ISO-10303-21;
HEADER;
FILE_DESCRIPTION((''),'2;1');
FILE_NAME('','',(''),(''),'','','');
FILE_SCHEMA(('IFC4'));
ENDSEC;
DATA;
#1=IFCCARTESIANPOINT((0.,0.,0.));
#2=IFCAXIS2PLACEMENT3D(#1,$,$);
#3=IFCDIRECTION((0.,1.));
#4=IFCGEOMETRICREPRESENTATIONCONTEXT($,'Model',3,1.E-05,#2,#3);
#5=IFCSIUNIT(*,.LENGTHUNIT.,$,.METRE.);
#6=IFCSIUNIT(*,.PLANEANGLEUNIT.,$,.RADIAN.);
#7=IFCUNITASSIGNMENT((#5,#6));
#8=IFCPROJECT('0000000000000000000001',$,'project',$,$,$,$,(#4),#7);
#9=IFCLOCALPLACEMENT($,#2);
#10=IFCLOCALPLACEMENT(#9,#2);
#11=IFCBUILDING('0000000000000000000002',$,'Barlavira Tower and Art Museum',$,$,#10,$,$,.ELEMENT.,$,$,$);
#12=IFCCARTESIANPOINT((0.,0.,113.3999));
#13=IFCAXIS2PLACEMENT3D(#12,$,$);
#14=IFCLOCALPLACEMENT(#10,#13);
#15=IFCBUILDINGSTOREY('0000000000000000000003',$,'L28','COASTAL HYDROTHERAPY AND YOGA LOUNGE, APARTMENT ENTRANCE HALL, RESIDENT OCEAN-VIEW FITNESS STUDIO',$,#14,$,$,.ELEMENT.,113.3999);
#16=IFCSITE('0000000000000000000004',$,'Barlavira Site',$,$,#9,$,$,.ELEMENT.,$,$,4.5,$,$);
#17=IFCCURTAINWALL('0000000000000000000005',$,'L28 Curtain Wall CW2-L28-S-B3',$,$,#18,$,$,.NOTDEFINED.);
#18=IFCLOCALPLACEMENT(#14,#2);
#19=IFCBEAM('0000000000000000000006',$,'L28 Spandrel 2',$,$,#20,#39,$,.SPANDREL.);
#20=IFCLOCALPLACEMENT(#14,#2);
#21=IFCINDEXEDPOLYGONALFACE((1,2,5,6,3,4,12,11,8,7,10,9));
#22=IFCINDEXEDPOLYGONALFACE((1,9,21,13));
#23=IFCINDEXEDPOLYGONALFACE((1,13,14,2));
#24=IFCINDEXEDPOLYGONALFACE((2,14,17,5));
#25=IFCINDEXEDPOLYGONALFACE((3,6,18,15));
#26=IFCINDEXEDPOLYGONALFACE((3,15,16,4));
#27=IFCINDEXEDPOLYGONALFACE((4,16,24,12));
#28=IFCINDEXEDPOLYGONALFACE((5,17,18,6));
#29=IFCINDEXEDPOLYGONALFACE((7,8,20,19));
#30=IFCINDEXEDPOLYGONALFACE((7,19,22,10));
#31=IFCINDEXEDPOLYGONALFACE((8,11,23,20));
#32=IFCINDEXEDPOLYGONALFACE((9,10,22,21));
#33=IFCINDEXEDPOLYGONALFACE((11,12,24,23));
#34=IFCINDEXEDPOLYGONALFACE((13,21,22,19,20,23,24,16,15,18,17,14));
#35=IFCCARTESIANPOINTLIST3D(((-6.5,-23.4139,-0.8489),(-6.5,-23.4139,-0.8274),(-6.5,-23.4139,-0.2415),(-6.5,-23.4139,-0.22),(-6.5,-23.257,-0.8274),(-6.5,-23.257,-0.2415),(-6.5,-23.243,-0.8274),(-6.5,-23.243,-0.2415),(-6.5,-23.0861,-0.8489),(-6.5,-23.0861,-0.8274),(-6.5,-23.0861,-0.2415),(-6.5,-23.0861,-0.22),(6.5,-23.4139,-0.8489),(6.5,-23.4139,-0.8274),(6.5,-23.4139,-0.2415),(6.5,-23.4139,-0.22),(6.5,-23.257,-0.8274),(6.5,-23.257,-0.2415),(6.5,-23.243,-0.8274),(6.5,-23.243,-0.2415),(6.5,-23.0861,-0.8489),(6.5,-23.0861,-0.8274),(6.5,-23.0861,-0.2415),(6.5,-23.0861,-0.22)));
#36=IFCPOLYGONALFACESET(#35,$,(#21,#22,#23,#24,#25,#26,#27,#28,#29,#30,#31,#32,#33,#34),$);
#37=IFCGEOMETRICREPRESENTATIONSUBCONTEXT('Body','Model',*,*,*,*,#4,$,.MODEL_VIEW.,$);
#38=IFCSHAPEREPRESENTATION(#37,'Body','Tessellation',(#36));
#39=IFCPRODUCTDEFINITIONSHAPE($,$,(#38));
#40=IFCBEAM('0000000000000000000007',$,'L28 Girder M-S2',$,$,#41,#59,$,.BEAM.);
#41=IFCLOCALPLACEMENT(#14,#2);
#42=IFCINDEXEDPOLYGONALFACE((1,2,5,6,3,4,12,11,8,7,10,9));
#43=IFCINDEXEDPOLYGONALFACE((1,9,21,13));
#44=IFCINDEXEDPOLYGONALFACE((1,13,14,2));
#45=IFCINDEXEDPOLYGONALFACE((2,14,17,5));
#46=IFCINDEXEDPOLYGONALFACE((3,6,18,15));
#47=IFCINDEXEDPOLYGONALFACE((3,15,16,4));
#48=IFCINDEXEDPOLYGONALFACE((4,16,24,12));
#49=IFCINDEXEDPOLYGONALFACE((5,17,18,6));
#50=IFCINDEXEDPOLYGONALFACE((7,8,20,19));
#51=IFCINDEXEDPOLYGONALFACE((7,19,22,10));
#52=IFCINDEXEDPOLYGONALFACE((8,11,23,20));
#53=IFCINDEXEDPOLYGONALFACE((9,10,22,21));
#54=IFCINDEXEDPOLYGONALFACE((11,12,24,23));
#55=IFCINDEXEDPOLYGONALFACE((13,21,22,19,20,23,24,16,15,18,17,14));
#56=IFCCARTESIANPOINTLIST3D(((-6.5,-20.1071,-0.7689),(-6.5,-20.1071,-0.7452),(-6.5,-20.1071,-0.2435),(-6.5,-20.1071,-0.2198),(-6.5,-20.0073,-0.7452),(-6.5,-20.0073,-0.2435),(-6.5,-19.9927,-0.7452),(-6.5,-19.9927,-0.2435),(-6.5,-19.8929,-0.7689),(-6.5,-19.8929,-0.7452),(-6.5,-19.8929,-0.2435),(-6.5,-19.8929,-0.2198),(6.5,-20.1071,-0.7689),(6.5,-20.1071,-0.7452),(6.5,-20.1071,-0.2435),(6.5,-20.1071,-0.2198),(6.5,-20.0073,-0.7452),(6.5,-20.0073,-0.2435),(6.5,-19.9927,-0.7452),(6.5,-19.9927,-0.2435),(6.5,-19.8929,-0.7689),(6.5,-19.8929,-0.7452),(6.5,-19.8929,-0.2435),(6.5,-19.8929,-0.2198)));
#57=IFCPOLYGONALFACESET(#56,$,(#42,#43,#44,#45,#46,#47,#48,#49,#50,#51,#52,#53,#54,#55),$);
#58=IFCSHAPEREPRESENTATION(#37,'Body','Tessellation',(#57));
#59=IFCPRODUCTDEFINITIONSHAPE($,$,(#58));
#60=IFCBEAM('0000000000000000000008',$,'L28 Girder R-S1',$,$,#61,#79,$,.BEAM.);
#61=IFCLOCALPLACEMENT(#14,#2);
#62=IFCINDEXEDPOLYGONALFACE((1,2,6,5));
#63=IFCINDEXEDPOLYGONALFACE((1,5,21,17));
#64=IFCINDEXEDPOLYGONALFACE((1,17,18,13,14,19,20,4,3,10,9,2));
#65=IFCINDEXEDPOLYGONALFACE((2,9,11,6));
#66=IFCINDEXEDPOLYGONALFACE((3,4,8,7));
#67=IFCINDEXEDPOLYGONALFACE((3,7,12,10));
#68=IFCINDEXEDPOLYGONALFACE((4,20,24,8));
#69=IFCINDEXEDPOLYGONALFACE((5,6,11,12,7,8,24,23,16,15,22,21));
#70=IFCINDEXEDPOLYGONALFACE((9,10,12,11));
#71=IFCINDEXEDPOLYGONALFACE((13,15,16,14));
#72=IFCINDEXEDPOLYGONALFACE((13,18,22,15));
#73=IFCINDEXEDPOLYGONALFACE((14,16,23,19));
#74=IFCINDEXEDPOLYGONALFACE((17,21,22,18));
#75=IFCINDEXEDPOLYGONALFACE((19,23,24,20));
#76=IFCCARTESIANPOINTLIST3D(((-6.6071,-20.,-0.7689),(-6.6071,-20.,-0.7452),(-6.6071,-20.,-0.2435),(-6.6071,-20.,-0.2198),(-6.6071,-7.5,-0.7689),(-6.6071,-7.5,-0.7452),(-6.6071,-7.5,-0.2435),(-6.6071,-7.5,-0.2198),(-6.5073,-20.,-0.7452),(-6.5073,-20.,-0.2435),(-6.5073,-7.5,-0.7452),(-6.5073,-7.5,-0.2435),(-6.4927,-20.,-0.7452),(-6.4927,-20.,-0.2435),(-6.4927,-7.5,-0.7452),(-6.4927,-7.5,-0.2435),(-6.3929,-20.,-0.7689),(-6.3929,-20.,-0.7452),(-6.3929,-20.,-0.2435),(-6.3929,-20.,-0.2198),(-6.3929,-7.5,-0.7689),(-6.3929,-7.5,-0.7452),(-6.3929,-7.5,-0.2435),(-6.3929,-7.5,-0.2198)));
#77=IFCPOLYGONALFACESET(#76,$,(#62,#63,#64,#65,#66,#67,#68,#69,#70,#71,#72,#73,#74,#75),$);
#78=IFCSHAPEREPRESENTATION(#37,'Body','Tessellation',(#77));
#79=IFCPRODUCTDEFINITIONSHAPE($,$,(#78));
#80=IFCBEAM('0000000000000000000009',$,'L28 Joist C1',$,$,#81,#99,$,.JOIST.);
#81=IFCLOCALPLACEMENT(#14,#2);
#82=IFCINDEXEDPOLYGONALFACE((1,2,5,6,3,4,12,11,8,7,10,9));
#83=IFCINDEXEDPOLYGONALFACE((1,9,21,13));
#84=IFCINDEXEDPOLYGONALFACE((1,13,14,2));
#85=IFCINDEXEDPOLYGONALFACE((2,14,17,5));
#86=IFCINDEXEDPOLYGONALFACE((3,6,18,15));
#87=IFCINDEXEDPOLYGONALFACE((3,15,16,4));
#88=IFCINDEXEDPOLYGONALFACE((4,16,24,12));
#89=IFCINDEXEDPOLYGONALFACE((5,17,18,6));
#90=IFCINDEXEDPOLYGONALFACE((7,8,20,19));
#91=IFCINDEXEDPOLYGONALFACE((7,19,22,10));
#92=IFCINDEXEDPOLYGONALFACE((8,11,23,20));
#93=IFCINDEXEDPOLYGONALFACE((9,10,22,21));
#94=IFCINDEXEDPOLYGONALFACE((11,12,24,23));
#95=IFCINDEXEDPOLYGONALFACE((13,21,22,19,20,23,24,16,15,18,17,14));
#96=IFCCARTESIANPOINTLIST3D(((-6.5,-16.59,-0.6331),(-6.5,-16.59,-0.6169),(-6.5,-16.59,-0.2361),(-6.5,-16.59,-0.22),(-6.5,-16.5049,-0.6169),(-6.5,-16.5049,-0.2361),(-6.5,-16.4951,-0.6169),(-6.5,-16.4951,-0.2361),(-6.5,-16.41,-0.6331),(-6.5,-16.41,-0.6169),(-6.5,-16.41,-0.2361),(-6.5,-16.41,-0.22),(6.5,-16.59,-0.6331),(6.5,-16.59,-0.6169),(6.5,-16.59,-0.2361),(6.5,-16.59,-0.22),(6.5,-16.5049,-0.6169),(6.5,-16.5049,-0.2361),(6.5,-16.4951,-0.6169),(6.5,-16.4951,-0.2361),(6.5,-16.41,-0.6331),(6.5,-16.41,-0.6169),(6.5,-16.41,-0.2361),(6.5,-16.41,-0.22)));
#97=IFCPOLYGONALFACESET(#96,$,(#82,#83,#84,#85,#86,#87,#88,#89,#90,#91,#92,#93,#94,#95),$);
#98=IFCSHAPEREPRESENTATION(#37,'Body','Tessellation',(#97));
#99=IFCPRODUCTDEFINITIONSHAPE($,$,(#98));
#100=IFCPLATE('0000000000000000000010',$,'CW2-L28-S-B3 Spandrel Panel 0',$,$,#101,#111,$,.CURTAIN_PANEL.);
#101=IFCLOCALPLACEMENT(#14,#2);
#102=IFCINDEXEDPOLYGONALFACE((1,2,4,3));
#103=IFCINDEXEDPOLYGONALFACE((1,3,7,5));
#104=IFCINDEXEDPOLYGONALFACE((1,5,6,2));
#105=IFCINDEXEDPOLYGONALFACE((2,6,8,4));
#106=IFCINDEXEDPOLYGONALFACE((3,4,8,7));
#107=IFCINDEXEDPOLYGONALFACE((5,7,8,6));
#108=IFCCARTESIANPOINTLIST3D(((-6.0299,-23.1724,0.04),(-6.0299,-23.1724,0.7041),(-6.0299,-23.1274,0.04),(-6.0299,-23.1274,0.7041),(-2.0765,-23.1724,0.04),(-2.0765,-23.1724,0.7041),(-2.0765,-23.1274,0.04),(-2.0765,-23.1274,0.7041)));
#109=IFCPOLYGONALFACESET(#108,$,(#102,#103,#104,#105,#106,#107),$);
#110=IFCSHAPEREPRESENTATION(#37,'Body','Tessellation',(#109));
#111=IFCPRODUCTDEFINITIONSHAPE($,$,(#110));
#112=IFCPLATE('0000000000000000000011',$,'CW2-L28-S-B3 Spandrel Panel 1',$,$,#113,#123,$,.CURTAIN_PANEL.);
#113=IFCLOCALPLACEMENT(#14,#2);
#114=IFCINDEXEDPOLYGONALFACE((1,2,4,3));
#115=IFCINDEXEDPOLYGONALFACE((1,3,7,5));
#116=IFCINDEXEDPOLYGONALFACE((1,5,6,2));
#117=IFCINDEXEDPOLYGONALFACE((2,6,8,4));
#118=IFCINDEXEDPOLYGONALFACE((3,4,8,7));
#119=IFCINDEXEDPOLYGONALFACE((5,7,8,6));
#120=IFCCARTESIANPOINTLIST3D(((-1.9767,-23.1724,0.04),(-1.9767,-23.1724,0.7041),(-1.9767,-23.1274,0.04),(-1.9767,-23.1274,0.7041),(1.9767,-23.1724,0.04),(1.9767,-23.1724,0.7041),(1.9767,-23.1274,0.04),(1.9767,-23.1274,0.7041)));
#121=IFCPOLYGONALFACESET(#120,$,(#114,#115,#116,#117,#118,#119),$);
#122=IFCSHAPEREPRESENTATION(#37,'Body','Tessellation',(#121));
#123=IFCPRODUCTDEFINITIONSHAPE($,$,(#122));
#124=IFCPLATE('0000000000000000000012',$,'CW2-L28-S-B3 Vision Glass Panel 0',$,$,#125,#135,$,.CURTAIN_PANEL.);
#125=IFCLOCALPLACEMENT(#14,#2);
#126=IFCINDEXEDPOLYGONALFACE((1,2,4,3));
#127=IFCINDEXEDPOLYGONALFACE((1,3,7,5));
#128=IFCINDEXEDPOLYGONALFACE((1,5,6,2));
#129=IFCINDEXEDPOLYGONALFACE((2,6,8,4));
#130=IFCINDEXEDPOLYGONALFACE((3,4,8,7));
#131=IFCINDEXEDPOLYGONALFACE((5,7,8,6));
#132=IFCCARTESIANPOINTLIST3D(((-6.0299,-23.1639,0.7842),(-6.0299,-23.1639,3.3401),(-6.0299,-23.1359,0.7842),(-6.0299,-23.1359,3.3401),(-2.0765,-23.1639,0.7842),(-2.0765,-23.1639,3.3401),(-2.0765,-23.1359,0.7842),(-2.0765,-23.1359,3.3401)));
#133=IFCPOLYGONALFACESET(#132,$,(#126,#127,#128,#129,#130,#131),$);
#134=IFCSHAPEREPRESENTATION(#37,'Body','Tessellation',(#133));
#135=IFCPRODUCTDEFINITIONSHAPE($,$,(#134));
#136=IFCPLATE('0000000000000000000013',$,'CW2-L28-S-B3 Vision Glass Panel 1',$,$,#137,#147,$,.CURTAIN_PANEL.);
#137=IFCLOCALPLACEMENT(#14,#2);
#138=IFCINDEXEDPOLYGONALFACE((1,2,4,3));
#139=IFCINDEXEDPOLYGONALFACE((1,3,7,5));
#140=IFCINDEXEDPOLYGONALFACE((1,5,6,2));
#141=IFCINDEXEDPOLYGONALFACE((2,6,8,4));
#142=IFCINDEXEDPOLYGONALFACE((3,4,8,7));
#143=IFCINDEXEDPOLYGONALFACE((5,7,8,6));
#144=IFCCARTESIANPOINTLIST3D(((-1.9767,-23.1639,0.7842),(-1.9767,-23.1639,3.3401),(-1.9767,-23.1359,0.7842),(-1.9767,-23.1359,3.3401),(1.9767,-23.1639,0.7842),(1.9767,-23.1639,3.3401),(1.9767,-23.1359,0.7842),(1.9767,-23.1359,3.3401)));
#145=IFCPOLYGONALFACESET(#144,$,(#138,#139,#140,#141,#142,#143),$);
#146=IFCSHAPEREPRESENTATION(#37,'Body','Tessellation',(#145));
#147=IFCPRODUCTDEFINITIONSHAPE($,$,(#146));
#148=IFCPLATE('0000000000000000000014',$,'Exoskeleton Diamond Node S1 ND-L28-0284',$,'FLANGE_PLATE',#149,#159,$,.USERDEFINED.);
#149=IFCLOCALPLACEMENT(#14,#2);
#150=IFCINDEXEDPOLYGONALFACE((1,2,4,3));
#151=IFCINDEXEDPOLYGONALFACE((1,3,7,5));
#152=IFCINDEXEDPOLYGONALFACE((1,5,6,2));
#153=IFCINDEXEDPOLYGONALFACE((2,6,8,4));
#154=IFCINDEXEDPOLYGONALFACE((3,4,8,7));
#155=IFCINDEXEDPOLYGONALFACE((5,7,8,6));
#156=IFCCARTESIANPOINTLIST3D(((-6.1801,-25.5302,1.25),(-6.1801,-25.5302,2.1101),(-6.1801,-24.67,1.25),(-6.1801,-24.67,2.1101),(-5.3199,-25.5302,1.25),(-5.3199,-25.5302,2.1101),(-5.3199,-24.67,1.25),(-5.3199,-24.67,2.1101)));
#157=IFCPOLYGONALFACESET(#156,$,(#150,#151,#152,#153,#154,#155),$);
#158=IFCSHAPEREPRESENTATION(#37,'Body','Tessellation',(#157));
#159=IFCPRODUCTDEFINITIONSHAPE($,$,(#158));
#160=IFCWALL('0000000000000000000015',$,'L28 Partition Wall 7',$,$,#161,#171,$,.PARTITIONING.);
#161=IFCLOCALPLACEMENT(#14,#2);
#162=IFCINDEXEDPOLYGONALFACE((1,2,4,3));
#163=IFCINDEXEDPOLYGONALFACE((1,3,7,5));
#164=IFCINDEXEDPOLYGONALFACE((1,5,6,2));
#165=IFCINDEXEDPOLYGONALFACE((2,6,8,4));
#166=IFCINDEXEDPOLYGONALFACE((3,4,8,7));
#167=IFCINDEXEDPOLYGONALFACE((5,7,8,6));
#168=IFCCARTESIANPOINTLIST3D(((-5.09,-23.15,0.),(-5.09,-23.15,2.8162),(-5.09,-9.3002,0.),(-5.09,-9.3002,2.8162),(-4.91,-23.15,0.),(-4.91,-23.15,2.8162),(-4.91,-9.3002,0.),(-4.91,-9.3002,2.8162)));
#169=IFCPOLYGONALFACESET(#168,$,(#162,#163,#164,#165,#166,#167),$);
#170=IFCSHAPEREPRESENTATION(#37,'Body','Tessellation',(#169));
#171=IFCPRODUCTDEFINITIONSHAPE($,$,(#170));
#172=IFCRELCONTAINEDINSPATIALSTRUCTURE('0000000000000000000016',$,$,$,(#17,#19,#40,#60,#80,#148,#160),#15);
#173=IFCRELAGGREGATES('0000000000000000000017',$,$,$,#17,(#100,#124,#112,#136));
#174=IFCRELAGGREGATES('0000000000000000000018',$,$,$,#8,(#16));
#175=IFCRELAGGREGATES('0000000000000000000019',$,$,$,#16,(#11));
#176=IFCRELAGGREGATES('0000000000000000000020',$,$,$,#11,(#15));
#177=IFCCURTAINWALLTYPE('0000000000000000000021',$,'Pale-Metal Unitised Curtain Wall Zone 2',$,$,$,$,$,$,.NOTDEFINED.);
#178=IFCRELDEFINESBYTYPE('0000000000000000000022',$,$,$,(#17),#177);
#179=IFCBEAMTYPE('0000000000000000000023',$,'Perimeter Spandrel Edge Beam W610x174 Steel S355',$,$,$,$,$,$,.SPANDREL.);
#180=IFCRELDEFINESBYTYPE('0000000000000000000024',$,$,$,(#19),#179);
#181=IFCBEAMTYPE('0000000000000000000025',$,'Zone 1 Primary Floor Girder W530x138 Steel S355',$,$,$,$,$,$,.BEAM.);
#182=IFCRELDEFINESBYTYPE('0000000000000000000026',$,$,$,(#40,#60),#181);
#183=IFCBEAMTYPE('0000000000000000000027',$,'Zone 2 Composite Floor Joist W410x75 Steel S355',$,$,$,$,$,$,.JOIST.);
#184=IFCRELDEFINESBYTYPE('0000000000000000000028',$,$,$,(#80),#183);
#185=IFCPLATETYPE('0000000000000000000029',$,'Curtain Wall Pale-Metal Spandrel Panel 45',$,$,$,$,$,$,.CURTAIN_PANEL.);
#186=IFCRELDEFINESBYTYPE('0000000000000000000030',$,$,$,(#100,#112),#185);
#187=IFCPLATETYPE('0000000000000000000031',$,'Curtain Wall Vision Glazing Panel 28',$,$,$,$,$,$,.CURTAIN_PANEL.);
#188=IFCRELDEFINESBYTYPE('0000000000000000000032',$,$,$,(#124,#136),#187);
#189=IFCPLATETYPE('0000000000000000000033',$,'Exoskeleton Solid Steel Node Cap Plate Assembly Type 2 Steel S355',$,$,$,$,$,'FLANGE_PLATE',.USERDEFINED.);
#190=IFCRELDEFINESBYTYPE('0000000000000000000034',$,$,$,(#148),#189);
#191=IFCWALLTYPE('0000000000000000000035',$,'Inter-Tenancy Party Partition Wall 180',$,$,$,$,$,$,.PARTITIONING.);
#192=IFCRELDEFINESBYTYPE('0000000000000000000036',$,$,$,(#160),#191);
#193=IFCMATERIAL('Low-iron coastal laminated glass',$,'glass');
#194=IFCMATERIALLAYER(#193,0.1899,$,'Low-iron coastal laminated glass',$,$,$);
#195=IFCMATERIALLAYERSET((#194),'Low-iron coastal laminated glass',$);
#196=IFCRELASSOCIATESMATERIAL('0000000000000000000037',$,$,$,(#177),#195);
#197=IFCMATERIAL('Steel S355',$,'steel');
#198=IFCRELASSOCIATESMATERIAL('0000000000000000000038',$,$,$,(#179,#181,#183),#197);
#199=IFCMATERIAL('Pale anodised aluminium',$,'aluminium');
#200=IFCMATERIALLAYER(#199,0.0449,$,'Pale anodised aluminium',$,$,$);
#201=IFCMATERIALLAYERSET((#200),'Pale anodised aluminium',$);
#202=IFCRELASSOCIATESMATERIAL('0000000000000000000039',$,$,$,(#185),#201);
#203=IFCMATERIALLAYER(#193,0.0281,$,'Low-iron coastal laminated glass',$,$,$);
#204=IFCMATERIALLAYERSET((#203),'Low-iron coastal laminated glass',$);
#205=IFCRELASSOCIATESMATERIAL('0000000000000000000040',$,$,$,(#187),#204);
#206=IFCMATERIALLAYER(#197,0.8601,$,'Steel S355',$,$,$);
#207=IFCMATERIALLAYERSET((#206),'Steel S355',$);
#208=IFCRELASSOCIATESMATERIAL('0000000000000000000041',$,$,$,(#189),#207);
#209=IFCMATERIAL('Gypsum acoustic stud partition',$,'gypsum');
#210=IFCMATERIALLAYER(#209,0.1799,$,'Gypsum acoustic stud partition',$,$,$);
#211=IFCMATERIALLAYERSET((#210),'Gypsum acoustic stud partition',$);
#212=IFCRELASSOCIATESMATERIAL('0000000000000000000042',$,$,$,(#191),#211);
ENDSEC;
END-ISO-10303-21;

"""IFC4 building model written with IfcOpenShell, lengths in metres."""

from ifc_helpers import new_model, si_unit, direction, frame, frame_2d, origin, origin_2d, place, context, subcontext, project, spatial, rectangle, i_section, extrude, material, layer, layer_set, material_profile, profile_set, type_object, element, aggregate, save


model = new_model("IFC4")

# Units and contexts
model_context = context("Model", 3, precision=1e-05, world=origin(), true_north=direction((0.0, 1.0)))
body_context = subcontext(model_context, "Body", "Model", "MODEL_VIEW")
ifc_project = project(units=[si_unit("LENGTHUNIT", "METRE"), si_unit("PLANEANGLEUNIT", "RADIAN")], contexts=[model_context])

# Site, building, storey
site_placement = place(None, origin())
site = spatial("IfcSite", under=ifc_project, at=site_placement, Name="Barlavira Site", CompositionType="ELEMENT", RefElevation=4.5)
building_placement = place(site_placement, origin())
building = spatial("IfcBuilding", under=site, at=building_placement, Name="Barlavira Tower and Art Museum", CompositionType="ELEMENT")
storey_placement = place(building_placement, frame((0.0, 0.0, 113.3999)))
storey = spatial("IfcBuildingStorey", under=building, at=storey_placement, Name="L28", Description="COASTAL HYDROTHERAPY AND YOGA LOUNGE, APARTMENT ENTRANCE HALL, RESIDENT OCEAN-VIEW FITNESS STUDIO", CompositionType="ELEMENT", Elevation=113.3999)

# Curtain wall
ifc_material_1 = material(Name="Low-iron coastal laminated glass", Category="glass")
ifc_layer_1 = layer(ifc_material_1, 0.1899, Name="Low-iron coastal laminated glass")
ifc_layer_set_1 = layer_set([ifc_layer_1], Name="Low-iron coastal laminated glass")
curtain_wall_type = type_object("IfcCurtainWallType", Name="Pale-Metal Unitised Curtain Wall Zone 2", PredefinedType="NOTDEFINED", material=ifc_layer_set_1)
curtain_wall_placement = place(storey_placement, origin())
curtain_wall = element("IfcCurtainWall", 1, at=curtain_wall_placement, inside=storey, type_object=curtain_wall_type, Name="L28 Curtain Wall CW2-L28-S-B3", PredefinedType="NOTDEFINED")
ifc_material_2 = material(Name="Pale anodised aluminium", Category="aluminium")

# Beams
ifc_material_3 = material(Name="Steel S355", Category="steel")
ifc_material_profile_1 = material_profile(ifc_material_3, i_section(OverallWidth=0.3279, OverallDepth=0.6289, WebThickness=0.0139, FlangeThickness=0.0215, at=origin_2d()), Name="W610x174.0")
ifc_profile_set_1 = profile_set([ifc_material_profile_1], Name="Steel S355")
beam_type_1 = type_object("IfcBeamType", Name="Perimeter Spandrel Edge Beam W610x174 Steel S355", PredefinedType="SPANDREL", material=ifc_profile_set_1)
beam_1_placement = place(storey_placement, frame((-6.5, -23.25, -0.5344), z_axis=(1.0, 0.0, 0.0), x_axis=(0.0, 1.0, 0.0)))
element("IfcBeam", 2, at=beam_1_placement, inside=storey, type_object=beam_type_1, Name="L28 Spandrel 2", PredefinedType="SPANDREL", context=body_context, shape_type="SweptSolid", body=[
    extrude(i_section(OverallWidth=0.3279, OverallDepth=0.6289, WebThickness=0.0139, FlangeThickness=0.0215, at=origin_2d()), origin(), (0.0, 0.0, 1.0), 13.0),
])
ifc_material_profile_2 = material_profile(ifc_material_3, i_section(OverallWidth=0.2141, OverallDepth=0.5491, WebThickness=0.0146, FlangeThickness=0.0237, at=origin_2d()), Name="W530x138.0")
ifc_profile_set_2 = profile_set([ifc_material_profile_2], Name="Steel S355")
beam_type_2 = type_object("IfcBeamType", Name="Zone 1 Primary Floor Girder W530x138 Steel S355", PredefinedType="BEAM", material=ifc_profile_set_2)
beam_2_placement = place(storey_placement, frame((-6.5, -20.0, -0.4944), z_axis=(1.0, 0.0, 0.0), x_axis=(0.0, 1.0, 0.0)))
element("IfcBeam", 3, at=beam_2_placement, inside=storey, type_object=beam_type_2, Name="L28 Girder M-S2", PredefinedType="BEAM", context=body_context, shape_type="SweptSolid", body=[
    extrude(i_section(OverallWidth=0.2141, OverallDepth=0.5491, WebThickness=0.0146, FlangeThickness=0.0237, at=origin_2d()), origin(), (0.0, 0.0, 1.0), 13.0),
])
beam_3_placement = place(storey_placement, frame((-6.5, -20.0, -0.4944), z_axis=(0.0, 1.0, 0.0), x_axis=(-1.0, 0.0, 0.0)))
element("IfcBeam", 4, at=beam_3_placement, inside=storey, type_object=beam_type_2, Name="L28 Girder R-S1", PredefinedType="BEAM", context=body_context, shape_type="SweptSolid", body=[
    extrude(i_section(OverallWidth=0.2141, OverallDepth=0.5491, WebThickness=0.0146, FlangeThickness=0.0237, at=origin_2d()), origin(), (0.0, 0.0, 1.0), 12.5),
])
ifc_material_profile_3 = material_profile(ifc_material_3, i_section(OverallWidth=0.1799, OverallDepth=0.4131, WebThickness=0.0098, FlangeThickness=0.0161, at=origin_2d()), Name="W410x75.0")
ifc_profile_set_3 = profile_set([ifc_material_profile_3], Name="Steel S355")
beam_type_3 = type_object("IfcBeamType", Name="Zone 2 Composite Floor Joist W410x75 Steel S355", PredefinedType="JOIST", material=ifc_profile_set_3)
beam_4_placement = place(storey_placement, frame((-6.5, -16.5, -0.4265), z_axis=(1.0, 0.0, 0.0), x_axis=(0.0, 1.0, 0.0)))
element("IfcBeam", 5, at=beam_4_placement, inside=storey, type_object=beam_type_3, Name="L28 Joist C1", PredefinedType="JOIST", context=body_context, shape_type="SweptSolid", body=[
    extrude(i_section(OverallWidth=0.1799, OverallDepth=0.4131, WebThickness=0.0098, FlangeThickness=0.0161, at=origin_2d()), origin(), (0.0, 0.0, 1.0), 13.0),
])

# Plates
ifc_layer_2 = layer(ifc_material_2, 0.0449, Name="Pale anodised aluminium")
ifc_layer_set_2 = layer_set([ifc_layer_2], Name="Pale anodised aluminium")
plate_type_1 = type_object("IfcPlateType", Name="Curtain Wall Pale-Metal Spandrel Panel 45", PredefinedType="CURTAIN_PANEL", material=ifc_layer_set_2)
plate_1_placement = place(storey_placement, frame((-4.0532, -23.1499, 0.04), z_axis=(0.0, 0.0, 1.0), x_axis=(1.0, 0.0, 0.0)))
plate_1 = element("IfcPlate", 6, at=plate_1_placement, type_object=plate_type_1, Name="CW2-L28-S-B3 Spandrel Panel 0", PredefinedType="CURTAIN_PANEL", context=body_context, shape_type="SweptSolid", body=[
    extrude(rectangle(XDim=3.9534, YDim=0.0449, at=origin_2d()), origin(), (0.0, 0.0, 1.0), 0.6641),
])
plate_2_placement = place(storey_placement, frame((0.0, -23.1499, 0.04), z_axis=(0.0, 0.0, 1.0), x_axis=(1.0, 0.0, 0.0)))
plate_2 = element("IfcPlate", 7, at=plate_2_placement, type_object=plate_type_1, Name="CW2-L28-S-B3 Spandrel Panel 1", PredefinedType="CURTAIN_PANEL", context=body_context, shape_type="SweptSolid", body=[
    extrude(rectangle(XDim=3.9534, YDim=0.0449, at=origin_2d()), origin(), (0.0, 0.0, 1.0), 0.6641),
])
ifc_layer_3 = layer(ifc_material_1, 0.0281, Name="Low-iron coastal laminated glass")
ifc_layer_set_3 = layer_set([ifc_layer_3], Name="Low-iron coastal laminated glass")
plate_type_2 = type_object("IfcPlateType", Name="Curtain Wall Vision Glazing Panel 28", PredefinedType="CURTAIN_PANEL", material=ifc_layer_set_3)
plate_3_placement = place(storey_placement, frame((-4.0532, -23.1499, 0.7842), z_axis=(0.0, 0.0, 1.0), x_axis=(1.0, 0.0, 0.0)))
plate_3 = element("IfcPlate", 8, at=plate_3_placement, type_object=plate_type_2, Name="CW2-L28-S-B3 Vision Glass Panel 0", PredefinedType="CURTAIN_PANEL", context=body_context, shape_type="SweptSolid", body=[
    extrude(rectangle(XDim=3.9534, YDim=0.0281, at=origin_2d()), origin(), (0.0, 0.0, 1.0), 2.5559),
])
plate_4_placement = place(storey_placement, frame((0.0, -23.1499, 0.7842), z_axis=(0.0, 0.0, 1.0), x_axis=(1.0, 0.0, 0.0)))
plate_4 = element("IfcPlate", 9, at=plate_4_placement, type_object=plate_type_2, Name="CW2-L28-S-B3 Vision Glass Panel 1", PredefinedType="CURTAIN_PANEL", context=body_context, shape_type="SweptSolid", body=[
    extrude(rectangle(XDim=3.9534, YDim=0.0281, at=origin_2d()), origin(), (0.0, 0.0, 1.0), 2.5559),
])
aggregate(curtain_wall, [plate_1, plate_3, plate_2, plate_4])
ifc_layer_4 = layer(ifc_material_3, 0.8601, Name="Steel S355")
ifc_layer_set_4 = layer_set([ifc_layer_4], Name="Steel S355")
plate_type_3 = type_object("IfcPlateType", Name="Exoskeleton Solid Steel Node Cap Plate Assembly Type 2 Steel S355", ElementType="FLANGE_PLATE", PredefinedType="USERDEFINED", material=ifc_layer_set_4)
plate_5_placement = place(storey_placement, frame((-5.75, -25.1001, 1.25), z_axis=(0.0, 0.0, 1.0), x_axis=(1.0, 0.0, 0.0)))
element("IfcPlate", 10, at=plate_5_placement, inside=storey, type_object=plate_type_3, Name="Exoskeleton Diamond Node S1 ND-L28-0284", ObjectType="FLANGE_PLATE", PredefinedType="USERDEFINED", context=body_context, shape_type="SweptSolid", body=[
    extrude(rectangle(XDim=0.8601, YDim=0.8601, at=origin_2d()), origin(), (0.0, 0.0, 1.0), 0.8601),
])

# Wall
ifc_material_4 = material(Name="Gypsum acoustic stud partition", Category="gypsum")
ifc_layer_5 = layer(ifc_material_4, 0.1799, Name="Gypsum acoustic stud partition")
ifc_layer_set_5 = layer_set([ifc_layer_5], Name="Gypsum acoustic stud partition")
wall_type = type_object("IfcWallType", Name="Inter-Tenancy Party Partition Wall 180", PredefinedType="PARTITIONING", material=ifc_layer_set_5)
wall_1_placement = place(storey_placement, frame((-5.0, -23.1499, 0.0), z_axis=(0.0, 0.0, 1.0), x_axis=(0.0, 1.0, 0.0)))
element("IfcWall", 11, at=wall_1_placement, inside=storey, type_object=wall_type, Name="L28 Partition Wall 7", PredefinedType="PARTITIONING", context=body_context, shape_type="SweptSolid", body=[
    extrude(rectangle(XDim=13.8499, YDim=0.1799, at=frame_2d((6.9248, 0.0))), origin(), (0.0, 0.0, 1.0), 2.8162),
])

save(model, "model.ifc")
